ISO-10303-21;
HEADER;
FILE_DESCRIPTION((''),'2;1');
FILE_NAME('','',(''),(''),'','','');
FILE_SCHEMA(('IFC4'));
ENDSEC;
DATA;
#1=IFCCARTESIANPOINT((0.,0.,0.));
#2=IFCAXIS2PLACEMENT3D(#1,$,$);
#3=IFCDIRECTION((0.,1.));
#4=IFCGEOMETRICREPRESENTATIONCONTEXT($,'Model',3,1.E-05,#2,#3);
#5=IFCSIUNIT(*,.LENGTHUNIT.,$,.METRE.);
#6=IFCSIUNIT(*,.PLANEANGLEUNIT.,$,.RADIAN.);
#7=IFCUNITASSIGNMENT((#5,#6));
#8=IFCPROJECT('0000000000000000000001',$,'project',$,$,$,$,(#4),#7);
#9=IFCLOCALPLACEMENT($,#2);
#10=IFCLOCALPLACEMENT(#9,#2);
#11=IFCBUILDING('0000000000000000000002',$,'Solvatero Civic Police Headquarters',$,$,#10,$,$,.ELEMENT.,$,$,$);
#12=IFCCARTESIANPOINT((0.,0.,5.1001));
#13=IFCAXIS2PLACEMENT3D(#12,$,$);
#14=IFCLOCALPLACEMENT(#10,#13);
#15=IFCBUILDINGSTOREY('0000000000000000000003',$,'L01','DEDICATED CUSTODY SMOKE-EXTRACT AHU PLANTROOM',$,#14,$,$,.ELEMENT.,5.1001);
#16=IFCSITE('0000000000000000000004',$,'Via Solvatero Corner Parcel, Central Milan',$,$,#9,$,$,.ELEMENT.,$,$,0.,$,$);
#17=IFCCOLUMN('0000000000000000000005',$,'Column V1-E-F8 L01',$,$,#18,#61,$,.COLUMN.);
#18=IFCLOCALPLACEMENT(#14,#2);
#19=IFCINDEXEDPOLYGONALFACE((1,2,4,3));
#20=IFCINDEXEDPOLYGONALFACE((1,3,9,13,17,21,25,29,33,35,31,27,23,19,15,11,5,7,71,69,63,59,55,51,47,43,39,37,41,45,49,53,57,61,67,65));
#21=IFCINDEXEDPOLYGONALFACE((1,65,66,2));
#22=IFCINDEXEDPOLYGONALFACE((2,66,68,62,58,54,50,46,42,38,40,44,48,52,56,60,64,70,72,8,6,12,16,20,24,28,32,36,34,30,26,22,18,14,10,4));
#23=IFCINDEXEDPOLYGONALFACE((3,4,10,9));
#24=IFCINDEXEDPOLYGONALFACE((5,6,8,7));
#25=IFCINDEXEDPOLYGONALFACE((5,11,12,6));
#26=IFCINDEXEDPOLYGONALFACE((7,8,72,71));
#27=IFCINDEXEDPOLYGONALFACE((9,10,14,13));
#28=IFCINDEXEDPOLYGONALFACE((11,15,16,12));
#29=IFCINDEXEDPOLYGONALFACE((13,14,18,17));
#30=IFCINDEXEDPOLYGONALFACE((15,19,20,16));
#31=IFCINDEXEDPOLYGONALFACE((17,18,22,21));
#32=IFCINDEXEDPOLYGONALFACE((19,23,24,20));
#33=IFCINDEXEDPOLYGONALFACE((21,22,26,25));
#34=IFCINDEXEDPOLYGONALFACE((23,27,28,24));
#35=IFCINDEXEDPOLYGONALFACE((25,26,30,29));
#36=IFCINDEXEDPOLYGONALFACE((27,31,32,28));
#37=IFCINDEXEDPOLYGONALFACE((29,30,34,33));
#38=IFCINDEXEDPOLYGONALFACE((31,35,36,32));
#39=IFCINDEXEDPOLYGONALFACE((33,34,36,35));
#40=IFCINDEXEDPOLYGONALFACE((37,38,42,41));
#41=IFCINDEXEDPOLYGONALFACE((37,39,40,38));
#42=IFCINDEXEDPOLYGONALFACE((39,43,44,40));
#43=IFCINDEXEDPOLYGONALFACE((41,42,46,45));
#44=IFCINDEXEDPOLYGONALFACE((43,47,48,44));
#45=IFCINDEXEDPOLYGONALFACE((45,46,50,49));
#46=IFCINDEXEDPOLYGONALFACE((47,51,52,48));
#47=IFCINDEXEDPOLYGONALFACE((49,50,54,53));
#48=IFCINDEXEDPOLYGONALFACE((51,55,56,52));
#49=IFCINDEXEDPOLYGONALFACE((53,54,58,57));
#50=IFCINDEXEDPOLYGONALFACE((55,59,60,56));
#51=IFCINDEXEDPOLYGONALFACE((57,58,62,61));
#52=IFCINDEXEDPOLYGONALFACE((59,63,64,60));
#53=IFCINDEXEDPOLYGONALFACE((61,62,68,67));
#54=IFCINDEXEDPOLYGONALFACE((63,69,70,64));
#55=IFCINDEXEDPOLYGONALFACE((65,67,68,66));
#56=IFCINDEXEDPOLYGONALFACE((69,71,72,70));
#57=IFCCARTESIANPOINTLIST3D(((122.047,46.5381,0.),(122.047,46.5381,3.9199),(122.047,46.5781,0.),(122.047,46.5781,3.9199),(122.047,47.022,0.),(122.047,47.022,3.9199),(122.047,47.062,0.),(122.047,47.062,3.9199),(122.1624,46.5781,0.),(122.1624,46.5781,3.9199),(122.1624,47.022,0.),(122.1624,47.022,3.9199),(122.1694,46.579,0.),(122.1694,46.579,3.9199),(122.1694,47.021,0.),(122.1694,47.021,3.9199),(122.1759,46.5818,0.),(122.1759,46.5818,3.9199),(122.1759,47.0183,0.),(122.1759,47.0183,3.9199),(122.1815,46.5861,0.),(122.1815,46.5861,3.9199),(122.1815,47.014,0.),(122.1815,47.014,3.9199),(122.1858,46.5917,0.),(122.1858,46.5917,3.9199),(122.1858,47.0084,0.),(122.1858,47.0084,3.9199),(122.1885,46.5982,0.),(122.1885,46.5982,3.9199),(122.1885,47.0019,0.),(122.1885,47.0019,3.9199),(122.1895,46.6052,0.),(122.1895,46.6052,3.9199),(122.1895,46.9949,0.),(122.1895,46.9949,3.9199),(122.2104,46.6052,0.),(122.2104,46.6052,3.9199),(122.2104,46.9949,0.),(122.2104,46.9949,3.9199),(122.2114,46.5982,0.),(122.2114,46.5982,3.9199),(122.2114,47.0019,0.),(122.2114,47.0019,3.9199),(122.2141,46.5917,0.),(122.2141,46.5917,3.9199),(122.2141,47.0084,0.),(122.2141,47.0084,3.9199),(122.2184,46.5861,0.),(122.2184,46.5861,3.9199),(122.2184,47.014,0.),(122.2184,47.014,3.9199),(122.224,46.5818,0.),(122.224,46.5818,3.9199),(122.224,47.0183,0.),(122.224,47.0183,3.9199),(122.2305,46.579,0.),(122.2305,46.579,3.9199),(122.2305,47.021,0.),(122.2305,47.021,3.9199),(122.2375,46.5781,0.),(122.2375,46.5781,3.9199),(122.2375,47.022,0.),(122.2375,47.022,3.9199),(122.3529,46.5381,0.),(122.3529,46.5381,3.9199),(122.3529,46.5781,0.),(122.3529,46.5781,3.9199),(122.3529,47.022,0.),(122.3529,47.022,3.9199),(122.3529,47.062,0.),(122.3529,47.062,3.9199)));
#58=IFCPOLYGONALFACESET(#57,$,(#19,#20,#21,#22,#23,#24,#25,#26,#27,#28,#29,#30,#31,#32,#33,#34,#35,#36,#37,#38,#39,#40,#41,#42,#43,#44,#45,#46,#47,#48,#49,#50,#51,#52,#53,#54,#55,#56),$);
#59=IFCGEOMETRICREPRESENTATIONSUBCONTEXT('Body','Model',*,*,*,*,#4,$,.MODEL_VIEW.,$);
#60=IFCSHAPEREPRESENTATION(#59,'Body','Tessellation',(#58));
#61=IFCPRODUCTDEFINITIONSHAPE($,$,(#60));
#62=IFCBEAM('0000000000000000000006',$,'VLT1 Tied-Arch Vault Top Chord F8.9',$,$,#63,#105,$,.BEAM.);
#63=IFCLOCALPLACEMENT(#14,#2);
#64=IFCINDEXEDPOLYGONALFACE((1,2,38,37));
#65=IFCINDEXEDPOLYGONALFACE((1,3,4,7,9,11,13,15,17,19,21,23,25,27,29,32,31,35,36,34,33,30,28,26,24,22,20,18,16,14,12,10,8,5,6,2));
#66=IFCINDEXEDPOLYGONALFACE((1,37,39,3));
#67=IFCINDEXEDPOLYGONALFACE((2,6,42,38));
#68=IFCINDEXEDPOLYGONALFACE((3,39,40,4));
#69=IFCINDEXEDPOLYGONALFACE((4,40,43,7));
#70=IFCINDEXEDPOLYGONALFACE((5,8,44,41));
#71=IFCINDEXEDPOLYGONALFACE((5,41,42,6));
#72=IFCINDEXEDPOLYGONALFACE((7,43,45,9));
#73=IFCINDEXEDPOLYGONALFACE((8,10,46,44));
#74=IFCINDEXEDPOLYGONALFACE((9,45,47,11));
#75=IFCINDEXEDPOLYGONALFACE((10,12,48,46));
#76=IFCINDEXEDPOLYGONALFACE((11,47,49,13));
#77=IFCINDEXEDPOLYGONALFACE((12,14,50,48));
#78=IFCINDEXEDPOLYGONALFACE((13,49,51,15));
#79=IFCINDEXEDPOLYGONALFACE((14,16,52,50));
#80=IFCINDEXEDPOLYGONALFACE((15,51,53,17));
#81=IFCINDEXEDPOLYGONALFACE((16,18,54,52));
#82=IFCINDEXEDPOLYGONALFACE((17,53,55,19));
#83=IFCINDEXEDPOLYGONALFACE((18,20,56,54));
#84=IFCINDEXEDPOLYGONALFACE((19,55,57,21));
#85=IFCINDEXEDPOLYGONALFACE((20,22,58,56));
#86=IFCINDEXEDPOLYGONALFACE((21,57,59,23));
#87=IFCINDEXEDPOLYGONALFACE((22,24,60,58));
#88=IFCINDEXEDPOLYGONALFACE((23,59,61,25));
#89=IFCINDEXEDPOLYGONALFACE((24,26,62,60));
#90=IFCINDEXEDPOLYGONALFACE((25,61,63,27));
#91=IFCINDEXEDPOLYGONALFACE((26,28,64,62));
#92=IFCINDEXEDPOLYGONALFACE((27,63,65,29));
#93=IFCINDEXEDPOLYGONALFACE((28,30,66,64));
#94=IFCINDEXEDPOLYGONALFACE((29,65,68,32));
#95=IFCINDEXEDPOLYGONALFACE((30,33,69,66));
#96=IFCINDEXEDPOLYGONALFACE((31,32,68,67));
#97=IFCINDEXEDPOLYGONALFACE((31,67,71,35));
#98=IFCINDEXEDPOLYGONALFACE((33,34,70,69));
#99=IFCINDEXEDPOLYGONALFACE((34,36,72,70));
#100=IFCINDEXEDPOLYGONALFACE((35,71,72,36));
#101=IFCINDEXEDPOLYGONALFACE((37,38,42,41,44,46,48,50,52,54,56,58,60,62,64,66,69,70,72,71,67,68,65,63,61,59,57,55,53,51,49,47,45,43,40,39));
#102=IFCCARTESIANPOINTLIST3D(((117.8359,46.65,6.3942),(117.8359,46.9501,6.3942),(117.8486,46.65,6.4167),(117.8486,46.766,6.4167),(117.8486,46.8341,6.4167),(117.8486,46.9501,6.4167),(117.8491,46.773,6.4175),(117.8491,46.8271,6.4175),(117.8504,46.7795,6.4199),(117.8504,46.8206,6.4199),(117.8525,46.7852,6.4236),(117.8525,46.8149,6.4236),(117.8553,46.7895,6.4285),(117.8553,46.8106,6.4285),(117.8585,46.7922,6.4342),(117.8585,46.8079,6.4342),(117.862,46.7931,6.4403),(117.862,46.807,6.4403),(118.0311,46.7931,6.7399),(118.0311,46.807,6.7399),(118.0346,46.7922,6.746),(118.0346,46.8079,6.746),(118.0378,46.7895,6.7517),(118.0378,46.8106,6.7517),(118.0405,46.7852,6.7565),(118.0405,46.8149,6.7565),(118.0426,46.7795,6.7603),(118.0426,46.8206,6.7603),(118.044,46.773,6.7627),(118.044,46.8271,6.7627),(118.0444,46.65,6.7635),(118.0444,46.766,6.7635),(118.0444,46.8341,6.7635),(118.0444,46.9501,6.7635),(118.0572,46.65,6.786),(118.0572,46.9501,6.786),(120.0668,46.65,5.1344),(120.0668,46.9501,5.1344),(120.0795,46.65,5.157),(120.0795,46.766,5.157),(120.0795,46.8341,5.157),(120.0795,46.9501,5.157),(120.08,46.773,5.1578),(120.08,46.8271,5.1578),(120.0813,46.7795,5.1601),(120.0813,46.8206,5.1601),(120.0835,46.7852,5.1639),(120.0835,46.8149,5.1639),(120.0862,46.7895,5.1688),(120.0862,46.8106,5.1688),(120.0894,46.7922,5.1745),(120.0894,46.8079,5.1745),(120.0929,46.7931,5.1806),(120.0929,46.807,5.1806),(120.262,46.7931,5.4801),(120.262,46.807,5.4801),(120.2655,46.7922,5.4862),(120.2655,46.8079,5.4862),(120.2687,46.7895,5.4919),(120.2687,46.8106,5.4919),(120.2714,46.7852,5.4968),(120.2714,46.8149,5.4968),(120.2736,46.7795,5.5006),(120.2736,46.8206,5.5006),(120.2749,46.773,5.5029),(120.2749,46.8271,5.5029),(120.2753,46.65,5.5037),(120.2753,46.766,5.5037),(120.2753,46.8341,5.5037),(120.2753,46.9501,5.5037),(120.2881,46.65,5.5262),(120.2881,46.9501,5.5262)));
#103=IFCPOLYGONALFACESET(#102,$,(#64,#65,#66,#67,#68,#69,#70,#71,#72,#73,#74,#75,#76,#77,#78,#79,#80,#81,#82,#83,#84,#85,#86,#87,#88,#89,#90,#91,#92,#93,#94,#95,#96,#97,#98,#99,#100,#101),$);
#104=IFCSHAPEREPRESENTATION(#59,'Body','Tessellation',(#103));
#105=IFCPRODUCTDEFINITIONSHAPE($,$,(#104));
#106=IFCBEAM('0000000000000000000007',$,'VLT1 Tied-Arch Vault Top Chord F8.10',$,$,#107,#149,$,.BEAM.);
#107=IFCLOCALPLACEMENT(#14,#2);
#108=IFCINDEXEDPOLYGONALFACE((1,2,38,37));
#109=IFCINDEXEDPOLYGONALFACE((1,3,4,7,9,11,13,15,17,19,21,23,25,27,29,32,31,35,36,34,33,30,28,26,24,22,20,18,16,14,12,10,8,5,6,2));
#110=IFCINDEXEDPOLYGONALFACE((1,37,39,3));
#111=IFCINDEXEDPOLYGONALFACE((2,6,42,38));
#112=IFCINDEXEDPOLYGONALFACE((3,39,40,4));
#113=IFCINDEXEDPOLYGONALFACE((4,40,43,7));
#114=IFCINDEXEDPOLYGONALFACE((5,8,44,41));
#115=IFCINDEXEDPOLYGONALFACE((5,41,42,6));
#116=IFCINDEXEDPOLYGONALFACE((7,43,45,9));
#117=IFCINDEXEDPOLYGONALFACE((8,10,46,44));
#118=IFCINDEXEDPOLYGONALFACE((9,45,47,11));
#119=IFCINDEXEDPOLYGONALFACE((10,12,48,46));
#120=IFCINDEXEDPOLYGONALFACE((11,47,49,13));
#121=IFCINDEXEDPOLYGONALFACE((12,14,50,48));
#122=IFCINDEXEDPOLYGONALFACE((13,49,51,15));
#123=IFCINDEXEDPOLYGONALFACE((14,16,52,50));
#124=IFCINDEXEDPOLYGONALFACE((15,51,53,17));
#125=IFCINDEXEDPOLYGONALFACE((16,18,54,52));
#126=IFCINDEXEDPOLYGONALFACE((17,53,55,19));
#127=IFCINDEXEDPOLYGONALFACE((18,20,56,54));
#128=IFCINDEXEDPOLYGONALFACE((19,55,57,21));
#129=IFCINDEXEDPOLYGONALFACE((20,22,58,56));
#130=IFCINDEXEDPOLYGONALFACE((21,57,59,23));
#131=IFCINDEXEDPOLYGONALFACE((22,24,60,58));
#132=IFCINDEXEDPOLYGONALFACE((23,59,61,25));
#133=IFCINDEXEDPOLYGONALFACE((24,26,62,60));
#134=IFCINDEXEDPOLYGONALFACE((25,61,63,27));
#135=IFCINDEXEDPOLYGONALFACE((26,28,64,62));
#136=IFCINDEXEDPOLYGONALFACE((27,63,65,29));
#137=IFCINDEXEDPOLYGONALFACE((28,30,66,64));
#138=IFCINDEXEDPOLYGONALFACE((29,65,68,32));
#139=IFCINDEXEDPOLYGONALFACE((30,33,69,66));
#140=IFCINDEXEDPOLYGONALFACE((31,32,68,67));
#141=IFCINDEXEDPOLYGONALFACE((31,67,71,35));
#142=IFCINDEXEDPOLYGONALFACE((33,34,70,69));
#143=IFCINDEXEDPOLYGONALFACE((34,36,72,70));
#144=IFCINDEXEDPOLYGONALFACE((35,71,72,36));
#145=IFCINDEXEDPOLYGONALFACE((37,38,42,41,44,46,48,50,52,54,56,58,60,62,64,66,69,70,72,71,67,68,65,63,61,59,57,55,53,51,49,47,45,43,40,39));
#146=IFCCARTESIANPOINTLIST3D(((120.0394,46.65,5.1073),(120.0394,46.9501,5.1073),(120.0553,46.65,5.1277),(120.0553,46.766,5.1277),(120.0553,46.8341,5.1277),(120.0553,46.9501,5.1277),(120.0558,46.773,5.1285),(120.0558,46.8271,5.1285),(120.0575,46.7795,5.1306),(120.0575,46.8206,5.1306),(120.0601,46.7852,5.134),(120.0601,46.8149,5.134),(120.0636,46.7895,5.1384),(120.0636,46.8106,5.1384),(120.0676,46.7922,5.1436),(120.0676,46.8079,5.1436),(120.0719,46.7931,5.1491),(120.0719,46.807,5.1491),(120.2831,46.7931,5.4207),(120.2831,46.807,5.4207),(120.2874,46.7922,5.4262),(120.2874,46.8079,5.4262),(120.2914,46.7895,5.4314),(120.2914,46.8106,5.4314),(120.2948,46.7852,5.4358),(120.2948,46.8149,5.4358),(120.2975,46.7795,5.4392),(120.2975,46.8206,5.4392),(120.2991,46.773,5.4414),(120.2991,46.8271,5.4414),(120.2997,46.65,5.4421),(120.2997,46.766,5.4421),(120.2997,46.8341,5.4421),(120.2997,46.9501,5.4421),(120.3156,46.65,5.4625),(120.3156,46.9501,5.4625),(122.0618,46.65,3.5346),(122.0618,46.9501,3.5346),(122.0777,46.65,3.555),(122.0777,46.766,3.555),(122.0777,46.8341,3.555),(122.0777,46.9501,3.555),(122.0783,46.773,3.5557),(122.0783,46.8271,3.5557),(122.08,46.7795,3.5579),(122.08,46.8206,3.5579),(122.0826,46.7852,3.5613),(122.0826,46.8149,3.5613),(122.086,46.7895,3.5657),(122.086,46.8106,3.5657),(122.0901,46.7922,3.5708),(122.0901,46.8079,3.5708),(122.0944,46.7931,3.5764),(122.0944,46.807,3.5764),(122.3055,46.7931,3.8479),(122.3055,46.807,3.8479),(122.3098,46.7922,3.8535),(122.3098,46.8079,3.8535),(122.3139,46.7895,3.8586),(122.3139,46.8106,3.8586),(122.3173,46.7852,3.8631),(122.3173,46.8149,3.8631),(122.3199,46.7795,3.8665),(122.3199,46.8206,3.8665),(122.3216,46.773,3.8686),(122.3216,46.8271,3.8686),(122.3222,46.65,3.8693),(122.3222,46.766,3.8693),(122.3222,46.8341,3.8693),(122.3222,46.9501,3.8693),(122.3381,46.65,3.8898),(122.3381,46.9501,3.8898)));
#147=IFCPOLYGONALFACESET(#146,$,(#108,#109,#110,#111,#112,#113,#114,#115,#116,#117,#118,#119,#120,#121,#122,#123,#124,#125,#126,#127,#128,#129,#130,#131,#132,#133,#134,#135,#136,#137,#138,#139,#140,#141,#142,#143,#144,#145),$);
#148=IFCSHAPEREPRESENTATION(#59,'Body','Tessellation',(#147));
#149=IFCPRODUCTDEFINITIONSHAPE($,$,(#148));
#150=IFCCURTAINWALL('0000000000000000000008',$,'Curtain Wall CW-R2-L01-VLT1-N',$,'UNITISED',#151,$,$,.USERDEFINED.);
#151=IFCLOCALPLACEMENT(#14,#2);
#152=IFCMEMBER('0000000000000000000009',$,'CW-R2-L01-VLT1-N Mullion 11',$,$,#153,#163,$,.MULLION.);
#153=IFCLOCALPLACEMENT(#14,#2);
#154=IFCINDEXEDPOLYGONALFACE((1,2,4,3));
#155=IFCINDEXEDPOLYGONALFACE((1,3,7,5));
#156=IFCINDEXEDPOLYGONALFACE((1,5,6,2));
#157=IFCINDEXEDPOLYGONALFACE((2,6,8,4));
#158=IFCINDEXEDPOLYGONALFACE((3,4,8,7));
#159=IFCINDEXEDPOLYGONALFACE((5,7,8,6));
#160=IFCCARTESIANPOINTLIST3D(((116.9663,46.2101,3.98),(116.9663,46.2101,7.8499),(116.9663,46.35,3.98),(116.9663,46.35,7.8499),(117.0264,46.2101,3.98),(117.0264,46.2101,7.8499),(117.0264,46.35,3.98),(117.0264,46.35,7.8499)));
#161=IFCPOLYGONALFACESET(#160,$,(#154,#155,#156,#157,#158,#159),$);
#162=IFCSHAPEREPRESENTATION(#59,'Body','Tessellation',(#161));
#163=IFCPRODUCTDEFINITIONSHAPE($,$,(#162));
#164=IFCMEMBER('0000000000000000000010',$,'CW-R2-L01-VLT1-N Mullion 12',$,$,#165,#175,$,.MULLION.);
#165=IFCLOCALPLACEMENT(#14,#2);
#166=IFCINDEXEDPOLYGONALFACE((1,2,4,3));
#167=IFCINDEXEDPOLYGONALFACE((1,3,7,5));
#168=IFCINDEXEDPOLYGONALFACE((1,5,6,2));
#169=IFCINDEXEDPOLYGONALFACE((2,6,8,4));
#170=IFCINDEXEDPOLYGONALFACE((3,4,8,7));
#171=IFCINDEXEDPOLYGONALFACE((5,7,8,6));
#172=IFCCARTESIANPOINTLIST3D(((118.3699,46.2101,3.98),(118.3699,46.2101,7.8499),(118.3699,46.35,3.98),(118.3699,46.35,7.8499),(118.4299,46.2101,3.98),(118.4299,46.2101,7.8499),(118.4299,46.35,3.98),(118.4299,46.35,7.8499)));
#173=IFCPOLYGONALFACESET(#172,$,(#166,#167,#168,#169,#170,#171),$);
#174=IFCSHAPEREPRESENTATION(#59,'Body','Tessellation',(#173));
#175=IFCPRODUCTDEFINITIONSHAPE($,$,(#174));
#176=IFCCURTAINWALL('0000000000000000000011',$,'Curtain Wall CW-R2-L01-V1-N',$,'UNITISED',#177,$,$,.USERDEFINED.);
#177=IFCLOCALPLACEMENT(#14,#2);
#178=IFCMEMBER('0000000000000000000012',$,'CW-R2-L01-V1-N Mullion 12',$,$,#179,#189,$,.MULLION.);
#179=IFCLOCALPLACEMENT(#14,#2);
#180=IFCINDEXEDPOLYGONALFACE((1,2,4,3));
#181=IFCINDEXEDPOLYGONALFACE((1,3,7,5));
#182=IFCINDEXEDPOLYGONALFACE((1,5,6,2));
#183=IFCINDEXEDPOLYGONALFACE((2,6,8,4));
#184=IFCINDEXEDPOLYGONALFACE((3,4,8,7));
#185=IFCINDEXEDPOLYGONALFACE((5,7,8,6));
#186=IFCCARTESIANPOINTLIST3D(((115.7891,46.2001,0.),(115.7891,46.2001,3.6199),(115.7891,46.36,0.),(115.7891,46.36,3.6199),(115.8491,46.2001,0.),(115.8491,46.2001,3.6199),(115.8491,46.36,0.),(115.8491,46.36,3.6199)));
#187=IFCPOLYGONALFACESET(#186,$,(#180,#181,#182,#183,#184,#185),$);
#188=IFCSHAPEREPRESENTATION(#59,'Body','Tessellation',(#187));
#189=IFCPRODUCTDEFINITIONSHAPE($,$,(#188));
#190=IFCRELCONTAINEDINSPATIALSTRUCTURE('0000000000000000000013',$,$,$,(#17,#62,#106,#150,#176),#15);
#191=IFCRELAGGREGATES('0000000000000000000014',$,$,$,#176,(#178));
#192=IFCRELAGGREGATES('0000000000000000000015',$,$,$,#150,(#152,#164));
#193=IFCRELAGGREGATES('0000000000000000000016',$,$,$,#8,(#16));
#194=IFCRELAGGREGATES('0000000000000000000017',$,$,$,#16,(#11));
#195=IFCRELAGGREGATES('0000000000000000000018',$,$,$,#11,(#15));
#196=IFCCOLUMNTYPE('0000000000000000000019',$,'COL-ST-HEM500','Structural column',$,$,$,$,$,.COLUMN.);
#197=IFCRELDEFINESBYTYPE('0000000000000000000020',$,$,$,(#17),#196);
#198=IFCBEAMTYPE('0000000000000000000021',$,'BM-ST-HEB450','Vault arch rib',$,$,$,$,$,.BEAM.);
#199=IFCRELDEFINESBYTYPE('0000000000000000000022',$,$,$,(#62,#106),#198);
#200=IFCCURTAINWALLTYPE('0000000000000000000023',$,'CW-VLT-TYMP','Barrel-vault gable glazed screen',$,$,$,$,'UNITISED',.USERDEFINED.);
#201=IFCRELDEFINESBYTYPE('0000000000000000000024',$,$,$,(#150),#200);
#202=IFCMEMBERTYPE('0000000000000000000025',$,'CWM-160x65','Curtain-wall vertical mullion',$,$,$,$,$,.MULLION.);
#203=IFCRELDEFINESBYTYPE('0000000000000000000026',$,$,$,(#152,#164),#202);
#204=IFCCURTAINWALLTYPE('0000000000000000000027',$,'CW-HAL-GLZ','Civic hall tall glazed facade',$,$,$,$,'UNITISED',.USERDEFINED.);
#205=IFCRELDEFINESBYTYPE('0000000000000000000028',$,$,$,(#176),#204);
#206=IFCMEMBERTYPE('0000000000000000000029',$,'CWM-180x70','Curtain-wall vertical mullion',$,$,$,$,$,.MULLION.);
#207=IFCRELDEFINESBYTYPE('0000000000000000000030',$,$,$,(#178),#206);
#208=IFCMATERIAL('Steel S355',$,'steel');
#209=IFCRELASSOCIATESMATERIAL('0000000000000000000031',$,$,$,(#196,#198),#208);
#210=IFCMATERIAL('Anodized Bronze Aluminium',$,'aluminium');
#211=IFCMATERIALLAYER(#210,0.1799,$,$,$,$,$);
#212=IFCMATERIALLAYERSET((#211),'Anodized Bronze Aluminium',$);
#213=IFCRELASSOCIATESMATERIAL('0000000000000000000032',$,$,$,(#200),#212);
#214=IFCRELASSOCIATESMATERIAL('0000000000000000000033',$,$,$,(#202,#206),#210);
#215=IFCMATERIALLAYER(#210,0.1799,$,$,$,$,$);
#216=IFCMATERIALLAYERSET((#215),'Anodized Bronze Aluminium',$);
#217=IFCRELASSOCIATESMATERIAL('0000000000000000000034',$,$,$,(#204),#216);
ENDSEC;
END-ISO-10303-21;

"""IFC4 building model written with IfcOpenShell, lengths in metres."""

from ifc_helpers import new_model, si_unit, direction, frame, origin, origin_2d, place, context, subcontext, project, spatial, rectangle, i_section, extrude, material, layer, layer_set, material_profile, profile_set, type_object, element, aggregate, save


model = new_model("IFC4")

# Units and contexts
model_context = context("Model", 3, precision=1e-05, world=origin(), true_north=direction((0.0, 1.0)))
body_context = subcontext(model_context, "Body", "Model", "MODEL_VIEW")
ifc_project = project(units=[si_unit("LENGTHUNIT", "METRE"), si_unit("PLANEANGLEUNIT", "RADIAN")], contexts=[model_context])

# Site, building, storey
site_placement = place(None, origin())
site = spatial("IfcSite", under=ifc_project, at=site_placement, Name="Via Solvatero Corner Parcel, Central Milan", CompositionType="ELEMENT", RefElevation=0.0)
building_placement = place(site_placement, origin())
building = spatial("IfcBuilding", under=site, at=building_placement, Name="Solvatero Civic Police Headquarters", CompositionType="ELEMENT")
storey_placement = place(building_placement, frame((0.0, 0.0, 5.1001)))
storey = spatial("IfcBuildingStorey", under=building, at=storey_placement, Name="L01", Description="DEDICATED CUSTODY SMOKE-EXTRACT AHU PLANTROOM", CompositionType="ELEMENT", Elevation=5.1001)

# Column
ifc_material_1 = material(Name="Steel S355", Category="steel")
ifc_material_profile_1 = material_profile(ifc_material_1, i_section(OverallWidth=0.3059, OverallDepth=0.5239, WebThickness=0.021, FlangeThickness=0.04, FilletRadius=0.0271, at=origin_2d()), Name="HEM 500")
ifc_profile_set_1 = profile_set([ifc_material_profile_1], Name="Steel S355")
column_type = type_object("IfcColumnType", Name="COL-ST-HEM500", Description="Structural column", PredefinedType="COLUMN", material=ifc_profile_set_1)
column_placement = place(storey_placement, frame((122.2, 46.8, 0.0), z_axis=(0.0, 0.0, 1.0), x_axis=(1.0, 0.0, 0.0)))
element("IfcColumn", 1, at=column_placement, inside=storey, type_object=column_type, Name="Column V1-E-F8 L01", PredefinedType="COLUMN", context=body_context, shape_type="SweptSolid", body=[
    extrude(i_section(OverallWidth=0.3059, OverallDepth=0.5239, WebThickness=0.021, FlangeThickness=0.04, FilletRadius=0.0271, at=origin_2d()), origin(), (0.0, 0.0, 1.0), 3.9199),
])

# Beams
ifc_material_profile_2 = material_profile(ifc_material_1, i_section(OverallWidth=0.3, OverallDepth=0.45, WebThickness=0.0139, FlangeThickness=0.0259, FilletRadius=0.0271, at=origin_2d()), Name="HEB 450")
ifc_profile_set_2 = profile_set([ifc_material_profile_2], Name="Steel S355")
beam_type = type_object("IfcBeamType", Name="BM-ST-HEB450", Description="Vault arch rib", PredefinedType="BEAM", material=ifc_profile_set_2)
for number, where, z_axis, x_axis, name in (
    (2, (117.9465, 46.8, 6.5901), (0.870765, 0.0, -0.491699), (0.0, 1.0, 0.0), "VLT1 Tied-Arch Vault Top Chord F8.9"),
    (3, (120.1775, 46.8, 5.2849), (0.789404, 0.0, -0.613875), (0.0, 1.0, 0.0), "VLT1 Tied-Arch Vault Top Chord F8.10"),
):
    element("IfcBeam", number, at=place(storey_placement, frame(where, z_axis=z_axis, x_axis=x_axis)), inside=storey, type_object=beam_type, Name=name, PredefinedType="BEAM", context=body_context, shape_type="SweptSolid", body=[
        extrude(i_section(OverallWidth=0.3, OverallDepth=0.45, WebThickness=0.0139, FlangeThickness=0.0259, FilletRadius=0.0271, at=origin_2d()), origin(), (0.0, 0.0, 1.0), 2.562),
    ])

# Curtain walls, members
ifc_material_2 = material(Name="Anodized Bronze Aluminium", Category="aluminium")
ifc_layer_1 = layer(ifc_material_2, 0.1799)
ifc_layer_set_1 = layer_set([ifc_layer_1], Name="Anodized Bronze Aluminium")
curtain_wall_type_1 = type_object("IfcCurtainWallType", Name="CW-VLT-TYMP", Description="Barrel-vault gable glazed screen", ElementType="UNITISED", PredefinedType="USERDEFINED", material=ifc_layer_set_1)
curtain_wall_1_placement = place(storey_placement, origin())
curtain_wall_1 = element("IfcCurtainWall", 4, at=curtain_wall_1_placement, inside=storey, type_object=curtain_wall_type_1, Name="Curtain Wall CW-R2-L01-VLT1-N", ObjectType="UNITISED", PredefinedType="USERDEFINED")
ifc_material_profile_3 = material_profile(ifc_material_2, rectangle(XDim=0.0601, YDim=0.1399, at=origin_2d()), Name="ALU MULLION 60x140")
ifc_profile_set_3 = profile_set([ifc_material_profile_3], Name="Anodized Bronze Aluminium")
member_type_1 = type_object("IfcMemberType", Name="CWM-160x65", Description="Curtain-wall vertical mullion", PredefinedType="MULLION", material=ifc_profile_set_3)
member_1_placement = place(storey_placement, frame((116.9963, 46.28, 3.98), z_axis=(0.0, 0.0, 1.0), x_axis=(1.0, 0.0, 0.0)))
member_1 = element("IfcMember", 5, at=member_1_placement, type_object=member_type_1, Name="CW-R2-L01-VLT1-N Mullion 11", PredefinedType="MULLION", context=body_context, shape_type="SweptSolid", body=[
    extrude(rectangle(XDim=0.0601, YDim=0.1399, at=origin_2d()), origin(), (0.0, 0.0, 1.0), 3.8699),
])
member_2_placement = place(storey_placement, frame((118.3999, 46.28, 3.98), z_axis=(0.0, 0.0, 1.0), x_axis=(1.0, 0.0, 0.0)))
member_2 = element("IfcMember", 6, at=member_2_placement, type_object=member_type_1, Name="CW-R2-L01-VLT1-N Mullion 12", PredefinedType="MULLION", context=body_context, shape_type="SweptSolid", body=[
    extrude(rectangle(XDim=0.0601, YDim=0.1399, at=origin_2d()), origin(), (0.0, 0.0, 1.0), 3.8699),
])
ifc_layer_2 = layer(ifc_material_2, 0.1799)
ifc_layer_set_2 = layer_set([ifc_layer_2], Name="Anodized Bronze Aluminium")
curtain_wall_type_2 = type_object("IfcCurtainWallType", Name="CW-HAL-GLZ", Description="Civic hall tall glazed facade", ElementType="UNITISED", PredefinedType="USERDEFINED", material=ifc_layer_set_2)
curtain_wall_2_placement = place(storey_placement, origin())
curtain_wall_2 = element("IfcCurtainWall", 7, at=curtain_wall_2_placement, inside=storey, type_object=curtain_wall_type_2, Name="Curtain Wall CW-R2-L01-V1-N", ObjectType="UNITISED", PredefinedType="USERDEFINED")
ifc_material_profile_4 = material_profile(ifc_material_2, rectangle(XDim=0.0601, YDim=0.1599, at=origin_2d()), Name="ALU MULLION 60x160")
ifc_profile_set_4 = profile_set([ifc_material_profile_4], Name="Anodized Bronze Aluminium")
member_type_2 = type_object("IfcMemberType", Name="CWM-180x70", Description="Curtain-wall vertical mullion", PredefinedType="MULLION", material=ifc_profile_set_4)
member_3_placement = place(storey_placement, frame((115.8191, 46.28, 0.0), z_axis=(0.0, 0.0, 1.0), x_axis=(1.0, 0.0, 0.0)))
member_3 = element("IfcMember", 8, at=member_3_placement, type_object=member_type_2, Name="CW-R2-L01-V1-N Mullion 12", PredefinedType="MULLION", context=body_context, shape_type="SweptSolid", body=[
    extrude(rectangle(XDim=0.0601, YDim=0.1599, at=origin_2d()), origin(), (0.0, 0.0, 1.0), 3.6199),
])

aggregate(curtain_wall_2, [member_3])
aggregate(curtain_wall_1, [member_1, member_2])

save(model, "model.ifc")
